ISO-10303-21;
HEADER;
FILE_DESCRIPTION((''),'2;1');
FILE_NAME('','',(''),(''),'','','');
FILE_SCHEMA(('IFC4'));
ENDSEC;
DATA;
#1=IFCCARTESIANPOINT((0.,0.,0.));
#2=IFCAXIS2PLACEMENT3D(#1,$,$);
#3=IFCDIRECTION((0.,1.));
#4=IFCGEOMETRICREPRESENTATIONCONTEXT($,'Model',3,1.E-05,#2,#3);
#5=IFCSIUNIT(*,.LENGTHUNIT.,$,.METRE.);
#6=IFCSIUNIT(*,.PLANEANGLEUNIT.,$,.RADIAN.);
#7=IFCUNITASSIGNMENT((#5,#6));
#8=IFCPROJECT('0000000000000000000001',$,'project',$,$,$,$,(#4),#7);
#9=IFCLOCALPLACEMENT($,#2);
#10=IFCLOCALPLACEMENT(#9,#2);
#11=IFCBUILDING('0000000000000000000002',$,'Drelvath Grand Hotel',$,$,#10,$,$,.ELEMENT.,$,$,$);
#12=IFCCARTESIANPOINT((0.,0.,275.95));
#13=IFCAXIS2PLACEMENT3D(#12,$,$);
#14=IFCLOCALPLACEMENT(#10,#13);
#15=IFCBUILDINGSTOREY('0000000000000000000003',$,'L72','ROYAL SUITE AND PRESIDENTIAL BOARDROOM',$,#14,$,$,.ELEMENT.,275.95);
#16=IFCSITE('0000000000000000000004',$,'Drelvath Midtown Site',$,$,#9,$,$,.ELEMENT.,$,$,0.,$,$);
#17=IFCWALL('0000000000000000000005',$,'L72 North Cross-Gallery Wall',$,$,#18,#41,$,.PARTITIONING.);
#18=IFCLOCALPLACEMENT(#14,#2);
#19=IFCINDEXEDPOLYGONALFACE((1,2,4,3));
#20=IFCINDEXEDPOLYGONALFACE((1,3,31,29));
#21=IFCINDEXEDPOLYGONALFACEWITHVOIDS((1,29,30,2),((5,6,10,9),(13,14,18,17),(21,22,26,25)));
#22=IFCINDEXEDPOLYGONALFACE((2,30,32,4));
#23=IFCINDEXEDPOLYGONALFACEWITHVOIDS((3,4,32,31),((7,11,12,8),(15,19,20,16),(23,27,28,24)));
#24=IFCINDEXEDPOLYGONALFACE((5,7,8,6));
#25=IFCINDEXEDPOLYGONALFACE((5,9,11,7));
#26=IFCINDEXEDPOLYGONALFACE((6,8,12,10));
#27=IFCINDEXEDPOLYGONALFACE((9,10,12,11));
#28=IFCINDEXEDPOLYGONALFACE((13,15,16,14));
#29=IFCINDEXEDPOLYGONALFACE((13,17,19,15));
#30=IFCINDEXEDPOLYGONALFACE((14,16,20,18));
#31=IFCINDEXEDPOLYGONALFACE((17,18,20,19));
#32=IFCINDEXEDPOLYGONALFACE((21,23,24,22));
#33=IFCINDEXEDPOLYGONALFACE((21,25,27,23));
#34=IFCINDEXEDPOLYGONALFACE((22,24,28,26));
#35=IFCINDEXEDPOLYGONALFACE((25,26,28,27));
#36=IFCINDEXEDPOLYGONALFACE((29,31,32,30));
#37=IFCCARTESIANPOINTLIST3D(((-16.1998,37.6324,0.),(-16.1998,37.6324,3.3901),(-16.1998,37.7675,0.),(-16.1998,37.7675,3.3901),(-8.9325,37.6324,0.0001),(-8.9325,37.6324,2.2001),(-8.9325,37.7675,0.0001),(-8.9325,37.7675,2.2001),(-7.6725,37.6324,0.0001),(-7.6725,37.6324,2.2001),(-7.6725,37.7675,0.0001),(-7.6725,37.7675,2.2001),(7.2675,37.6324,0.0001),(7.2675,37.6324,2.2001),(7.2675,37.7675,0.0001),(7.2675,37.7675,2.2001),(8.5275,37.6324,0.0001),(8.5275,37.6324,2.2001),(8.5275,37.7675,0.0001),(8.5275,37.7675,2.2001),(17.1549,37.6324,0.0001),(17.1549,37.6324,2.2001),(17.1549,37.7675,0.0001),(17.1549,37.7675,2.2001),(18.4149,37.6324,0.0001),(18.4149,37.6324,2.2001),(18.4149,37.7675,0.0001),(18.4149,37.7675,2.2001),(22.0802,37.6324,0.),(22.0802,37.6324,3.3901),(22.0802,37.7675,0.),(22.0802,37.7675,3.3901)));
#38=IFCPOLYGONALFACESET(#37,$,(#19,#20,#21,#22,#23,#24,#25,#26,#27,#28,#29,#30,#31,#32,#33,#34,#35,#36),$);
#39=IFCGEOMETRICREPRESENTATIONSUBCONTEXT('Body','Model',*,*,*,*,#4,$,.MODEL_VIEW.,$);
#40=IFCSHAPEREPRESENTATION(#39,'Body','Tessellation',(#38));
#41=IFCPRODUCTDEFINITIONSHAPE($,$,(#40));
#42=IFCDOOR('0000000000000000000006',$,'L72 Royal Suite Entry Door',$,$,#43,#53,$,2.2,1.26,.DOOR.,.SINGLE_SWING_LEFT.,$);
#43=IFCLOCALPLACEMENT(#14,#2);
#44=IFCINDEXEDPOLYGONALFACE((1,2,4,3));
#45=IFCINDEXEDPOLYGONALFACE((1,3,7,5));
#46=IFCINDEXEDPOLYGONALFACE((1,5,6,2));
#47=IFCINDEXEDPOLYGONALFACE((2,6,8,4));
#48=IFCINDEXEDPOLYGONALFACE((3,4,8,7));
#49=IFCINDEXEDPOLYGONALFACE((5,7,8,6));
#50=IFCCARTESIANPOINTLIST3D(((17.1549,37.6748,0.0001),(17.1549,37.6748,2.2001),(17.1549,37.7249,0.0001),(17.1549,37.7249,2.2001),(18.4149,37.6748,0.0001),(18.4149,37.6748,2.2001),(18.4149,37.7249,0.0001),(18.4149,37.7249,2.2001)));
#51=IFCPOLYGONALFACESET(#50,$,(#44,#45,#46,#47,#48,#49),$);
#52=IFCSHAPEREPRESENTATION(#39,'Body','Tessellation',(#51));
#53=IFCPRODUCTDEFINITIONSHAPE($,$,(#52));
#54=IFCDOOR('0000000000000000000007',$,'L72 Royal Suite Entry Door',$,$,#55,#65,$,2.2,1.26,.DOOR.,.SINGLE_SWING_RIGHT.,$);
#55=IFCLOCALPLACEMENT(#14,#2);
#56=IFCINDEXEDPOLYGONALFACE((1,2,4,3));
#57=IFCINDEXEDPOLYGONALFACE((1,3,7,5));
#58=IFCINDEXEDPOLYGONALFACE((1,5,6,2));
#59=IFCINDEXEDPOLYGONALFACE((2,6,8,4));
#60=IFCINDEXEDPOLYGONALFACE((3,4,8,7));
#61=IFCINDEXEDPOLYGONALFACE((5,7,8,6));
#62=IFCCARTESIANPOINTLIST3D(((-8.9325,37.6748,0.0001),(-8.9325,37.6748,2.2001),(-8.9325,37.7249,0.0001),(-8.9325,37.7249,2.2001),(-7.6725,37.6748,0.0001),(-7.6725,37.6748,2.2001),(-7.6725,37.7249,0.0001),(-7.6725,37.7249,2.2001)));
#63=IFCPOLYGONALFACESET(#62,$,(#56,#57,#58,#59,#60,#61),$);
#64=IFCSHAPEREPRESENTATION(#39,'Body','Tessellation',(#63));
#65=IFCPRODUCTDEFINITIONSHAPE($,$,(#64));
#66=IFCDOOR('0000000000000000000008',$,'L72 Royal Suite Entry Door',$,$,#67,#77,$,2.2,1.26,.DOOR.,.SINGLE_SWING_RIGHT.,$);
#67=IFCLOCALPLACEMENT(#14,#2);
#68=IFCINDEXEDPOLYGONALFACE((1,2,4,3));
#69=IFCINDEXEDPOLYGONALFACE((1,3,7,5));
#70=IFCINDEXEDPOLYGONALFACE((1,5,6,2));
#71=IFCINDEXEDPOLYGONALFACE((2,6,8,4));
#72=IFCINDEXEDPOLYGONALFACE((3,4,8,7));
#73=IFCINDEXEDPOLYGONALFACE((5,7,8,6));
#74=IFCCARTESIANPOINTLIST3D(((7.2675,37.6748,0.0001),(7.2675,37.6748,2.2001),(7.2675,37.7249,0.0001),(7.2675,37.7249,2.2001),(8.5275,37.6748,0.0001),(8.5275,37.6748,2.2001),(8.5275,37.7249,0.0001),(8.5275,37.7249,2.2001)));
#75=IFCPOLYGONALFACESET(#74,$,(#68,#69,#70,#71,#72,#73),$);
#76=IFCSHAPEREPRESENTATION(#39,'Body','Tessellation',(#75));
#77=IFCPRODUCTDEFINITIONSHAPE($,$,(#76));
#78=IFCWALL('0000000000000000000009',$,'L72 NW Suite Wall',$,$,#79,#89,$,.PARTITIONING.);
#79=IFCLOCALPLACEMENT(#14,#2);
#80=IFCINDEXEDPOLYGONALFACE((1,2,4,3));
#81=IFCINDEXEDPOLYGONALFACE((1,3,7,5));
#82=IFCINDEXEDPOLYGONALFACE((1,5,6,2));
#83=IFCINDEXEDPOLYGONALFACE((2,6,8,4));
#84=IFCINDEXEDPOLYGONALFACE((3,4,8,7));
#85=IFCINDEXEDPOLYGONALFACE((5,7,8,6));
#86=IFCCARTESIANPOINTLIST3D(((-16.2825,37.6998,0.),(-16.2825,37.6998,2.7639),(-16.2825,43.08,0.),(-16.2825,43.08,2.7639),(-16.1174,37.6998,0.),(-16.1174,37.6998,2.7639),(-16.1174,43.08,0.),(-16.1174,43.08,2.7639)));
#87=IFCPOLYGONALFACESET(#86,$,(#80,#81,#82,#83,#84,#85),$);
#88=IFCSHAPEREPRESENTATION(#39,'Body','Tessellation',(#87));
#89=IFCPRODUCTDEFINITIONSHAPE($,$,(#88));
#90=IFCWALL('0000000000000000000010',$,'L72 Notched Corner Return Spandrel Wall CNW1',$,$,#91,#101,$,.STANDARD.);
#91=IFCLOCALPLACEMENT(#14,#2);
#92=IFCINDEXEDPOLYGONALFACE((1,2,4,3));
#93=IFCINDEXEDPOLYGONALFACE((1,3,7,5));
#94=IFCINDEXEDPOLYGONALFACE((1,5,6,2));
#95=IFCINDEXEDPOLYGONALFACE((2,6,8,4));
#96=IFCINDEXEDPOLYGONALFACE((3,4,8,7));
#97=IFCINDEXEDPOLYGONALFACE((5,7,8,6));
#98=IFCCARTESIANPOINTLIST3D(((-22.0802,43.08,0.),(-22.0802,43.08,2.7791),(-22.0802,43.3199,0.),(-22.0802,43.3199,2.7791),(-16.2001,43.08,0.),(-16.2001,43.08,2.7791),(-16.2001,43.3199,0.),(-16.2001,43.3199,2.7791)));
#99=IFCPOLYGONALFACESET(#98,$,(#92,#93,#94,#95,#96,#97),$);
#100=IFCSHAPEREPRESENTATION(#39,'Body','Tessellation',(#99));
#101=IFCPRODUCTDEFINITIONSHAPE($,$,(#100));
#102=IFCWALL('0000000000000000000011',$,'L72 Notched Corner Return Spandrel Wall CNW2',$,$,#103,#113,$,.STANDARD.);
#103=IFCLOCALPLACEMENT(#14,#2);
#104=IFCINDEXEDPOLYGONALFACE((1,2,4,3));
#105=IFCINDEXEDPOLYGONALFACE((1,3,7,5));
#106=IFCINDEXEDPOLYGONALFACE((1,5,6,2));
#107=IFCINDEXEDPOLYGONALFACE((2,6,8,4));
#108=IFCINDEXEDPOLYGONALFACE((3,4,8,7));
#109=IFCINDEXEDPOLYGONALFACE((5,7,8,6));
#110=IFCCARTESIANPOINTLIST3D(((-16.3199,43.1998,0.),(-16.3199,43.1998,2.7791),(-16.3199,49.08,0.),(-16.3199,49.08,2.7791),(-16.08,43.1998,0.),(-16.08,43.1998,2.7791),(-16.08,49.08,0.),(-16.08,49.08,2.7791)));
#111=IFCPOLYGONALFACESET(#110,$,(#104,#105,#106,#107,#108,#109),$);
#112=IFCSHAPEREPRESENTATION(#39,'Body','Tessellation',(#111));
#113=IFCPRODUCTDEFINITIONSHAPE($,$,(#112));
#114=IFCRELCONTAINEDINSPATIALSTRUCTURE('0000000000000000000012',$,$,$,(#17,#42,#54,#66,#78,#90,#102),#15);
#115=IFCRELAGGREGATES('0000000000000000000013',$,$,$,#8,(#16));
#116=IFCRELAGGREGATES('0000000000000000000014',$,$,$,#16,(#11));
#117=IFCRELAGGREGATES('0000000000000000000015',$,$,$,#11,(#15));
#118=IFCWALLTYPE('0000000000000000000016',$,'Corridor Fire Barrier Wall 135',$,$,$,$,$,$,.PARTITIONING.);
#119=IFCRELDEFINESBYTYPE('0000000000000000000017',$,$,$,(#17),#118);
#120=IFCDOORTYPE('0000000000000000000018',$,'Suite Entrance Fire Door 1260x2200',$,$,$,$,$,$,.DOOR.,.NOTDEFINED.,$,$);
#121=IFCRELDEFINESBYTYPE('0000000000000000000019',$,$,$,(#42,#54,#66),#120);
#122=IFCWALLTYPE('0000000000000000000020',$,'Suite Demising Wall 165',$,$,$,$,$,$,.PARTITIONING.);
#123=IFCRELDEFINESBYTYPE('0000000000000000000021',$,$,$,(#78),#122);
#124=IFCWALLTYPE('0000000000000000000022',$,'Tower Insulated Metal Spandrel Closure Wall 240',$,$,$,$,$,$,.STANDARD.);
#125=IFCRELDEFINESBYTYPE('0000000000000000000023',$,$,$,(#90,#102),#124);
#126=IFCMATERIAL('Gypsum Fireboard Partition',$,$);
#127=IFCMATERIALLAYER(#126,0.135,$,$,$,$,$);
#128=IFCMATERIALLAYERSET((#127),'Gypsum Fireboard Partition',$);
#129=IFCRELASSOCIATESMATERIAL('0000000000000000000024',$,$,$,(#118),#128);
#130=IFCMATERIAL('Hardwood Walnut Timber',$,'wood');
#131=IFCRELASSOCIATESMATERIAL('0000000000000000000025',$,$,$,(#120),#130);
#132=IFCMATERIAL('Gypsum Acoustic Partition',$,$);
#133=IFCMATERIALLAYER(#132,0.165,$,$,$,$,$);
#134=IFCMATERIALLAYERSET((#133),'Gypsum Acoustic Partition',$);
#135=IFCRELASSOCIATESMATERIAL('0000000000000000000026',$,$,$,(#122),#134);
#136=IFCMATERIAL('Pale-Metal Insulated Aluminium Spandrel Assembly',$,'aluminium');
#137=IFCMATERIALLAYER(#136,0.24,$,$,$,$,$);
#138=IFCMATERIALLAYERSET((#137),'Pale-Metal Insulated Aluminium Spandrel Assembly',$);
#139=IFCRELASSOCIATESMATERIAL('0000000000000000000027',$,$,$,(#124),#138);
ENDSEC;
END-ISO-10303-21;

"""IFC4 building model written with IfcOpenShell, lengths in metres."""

from ifc_helpers import new_model, si_unit, direction, frame, frame_2d, origin, place, context, subcontext, project, spatial, rectangle, extrude, material, layer, layer_set, type_object, element, fill, save


model = new_model("IFC4")

# Units and contexts
model_context = context("Model", 3, precision=1e-05, world=origin(), true_north=direction((0.0, 1.0)))
body_context = subcontext(model_context, "Body", "Model", "MODEL_VIEW")
ifc_project = project(units=[si_unit("LENGTHUNIT", "METRE"), si_unit("PLANEANGLEUNIT", "RADIAN")], contexts=[model_context])

# Site, building, storey
site_placement = place(None, origin())
site = spatial("IfcSite", under=ifc_project, at=site_placement, Name="Drelvath Midtown Site", CompositionType="ELEMENT", RefElevation=0.0)
building_placement = place(site_placement, origin())
building = spatial("IfcBuilding", under=site, at=building_placement, Name="Drelvath Grand Hotel", CompositionType="ELEMENT")
storey_placement = place(building_placement, frame((0.0, 0.0, 275.95)))
storey = spatial("IfcBuildingStorey", under=building, at=storey_placement, Name="L72", Description="ROYAL SUITE AND PRESIDENTIAL BOARDROOM", CompositionType="ELEMENT", Elevation=275.95)

# Wall, openings, doors
ifc_material_1 = material(Name="Gypsum Fireboard Partition")
ifc_layer_1 = layer(ifc_material_1, 0.135)
ifc_layer_set_1 = layer_set([ifc_layer_1], Name="Gypsum Fireboard Partition")
wall_type_1 = type_object("IfcWallType", Name="Corridor Fire Barrier Wall 135", PredefinedType="PARTITIONING", material=ifc_layer_set_1)
wall_1_placement = place(storey_placement, frame((-16.2, 37.7, 0.0), z_axis=(0.0, 0.0, 1.0), x_axis=(1.0, 0.0, 0.0)))
wall_1 = element("IfcWall", 1, at=wall_1_placement, inside=storey, type_object=wall_type_1, Name="L72 North Cross-Gallery Wall", PredefinedType="PARTITIONING", context=body_context, shape_type="SweptSolid", body=[
    extrude(rectangle(XDim=38.28, YDim=0.135, at=frame_2d((19.1401, 0.0))), origin(), (0.0, 0.0, 1.0), 3.3901),
])
opening_1_placement = place(wall_1_placement, frame((33.355, 0.0, 0.0)))
opening_1 = element("IfcOpeningElement", 2, at=opening_1_placement, cuts=wall_1, PredefinedType="OPENING", context=body_context, shape_type="SweptSolid", body=[
    extrude(rectangle(XDim=1.26, YDim=2.2, at=frame_2d((0.6299, 1.1001))), frame((0.0, 0.0774, 0.0), z_axis=(0.0, -1.0, 0.0), x_axis=(1.0, 0.0, 0.0)), (0.0, 0.0, 1.0), 0.155),
])
opening_2_placement = place(wall_1_placement, frame((7.2676, 0.0, 0.0)))
opening_2 = element("IfcOpeningElement", 3, at=opening_2_placement, cuts=wall_1, PredefinedType="OPENING", context=body_context, shape_type="SweptSolid", body=[
    extrude(rectangle(XDim=1.26, YDim=2.2, at=frame_2d((0.6299, 1.1001))), frame((0.0, 0.0774, 0.0), z_axis=(0.0, -1.0, 0.0), x_axis=(1.0, 0.0, 0.0)), (0.0, 0.0, 1.0), 0.155),
])
opening_3_placement = place(wall_1_placement, frame((23.4675, 0.0, 0.0)))
opening_3 = element("IfcOpeningElement", 4, at=opening_3_placement, cuts=wall_1, PredefinedType="OPENING", context=body_context, shape_type="SweptSolid", body=[
    extrude(rectangle(XDim=1.26, YDim=2.2, at=frame_2d((0.6299, 1.1001))), frame((0.0, 0.0774, 0.0), z_axis=(0.0, -1.0, 0.0), x_axis=(1.0, 0.0, 0.0)), (0.0, 0.0, 1.0), 0.155),
])
ifc_material_2 = material(Name="Hardwood Walnut Timber", Category="wood")
door_type = type_object("IfcDoorType", Name="Suite Entrance Fire Door 1260x2200", OperationType="NOTDEFINED", PredefinedType="DOOR", material=ifc_material_2)
door_1_placement = place(opening_1_placement, origin())
door_1 = element("IfcDoor", 5, at=door_1_placement, inside=storey, type_object=door_type, Name="L72 Royal Suite Entry Door", OperationType="SINGLE_SWING_LEFT", OverallHeight=2.2, OverallWidth=1.26, PredefinedType="DOOR", context=body_context, shape_type="SweptSolid", body=[
    extrude(rectangle(XDim=1.26, YDim=2.2, at=frame_2d((0.6299, 1.1001))), frame((0.0, 0.0249, 0.0), z_axis=(0.0, -1.0, 0.0), x_axis=(1.0, 0.0, 0.0)), (0.0, 0.0, 1.0), 0.05),
])
fill(opening_1, door_1)
door_2_placement = place(opening_2_placement, origin())
door_2 = element("IfcDoor", 6, at=door_2_placement, inside=storey, type_object=door_type, Name="L72 Royal Suite Entry Door", OperationType="SINGLE_SWING_RIGHT", OverallHeight=2.2, OverallWidth=1.26, PredefinedType="DOOR", context=body_context, shape_type="SweptSolid", body=[
    extrude(rectangle(XDim=1.26, YDim=2.2, at=frame_2d((0.6299, 1.1001))), frame((0.0, 0.0249, 0.0), z_axis=(0.0, -1.0, 0.0), x_axis=(1.0, 0.0, 0.0)), (0.0, 0.0, 1.0), 0.05),
])
fill(opening_2, door_2)
door_3_placement = place(opening_3_placement, origin())
door_3 = element("IfcDoor", 7, at=door_3_placement, inside=storey, type_object=door_type, Name="L72 Royal Suite Entry Door", OperationType="SINGLE_SWING_RIGHT", OverallHeight=2.2, OverallWidth=1.26, PredefinedType="DOOR", context=body_context, shape_type="SweptSolid", body=[
    extrude(rectangle(XDim=1.26, YDim=2.2, at=frame_2d((0.6299, 1.1001))), frame((0.0, 0.0249, 0.0), z_axis=(0.0, -1.0, 0.0), x_axis=(1.0, 0.0, 0.0)), (0.0, 0.0, 1.0), 0.05),
])
fill(opening_3, door_3)

# Walls
ifc_material_3 = material(Name="Gypsum Acoustic Partition")
ifc_layer_2 = layer(ifc_material_3, 0.165)
ifc_layer_set_2 = layer_set([ifc_layer_2], Name="Gypsum Acoustic Partition")
wall_type_2 = type_object("IfcWallType", Name="Suite Demising Wall 165", PredefinedType="PARTITIONING", material=ifc_layer_set_2)
wall_2_placement = place(storey_placement, frame((-16.2, 37.7, 0.0), z_axis=(0.0, 0.0, 1.0), x_axis=(0.0, 1.0, 0.0)))
element("IfcWall", 8, at=wall_2_placement, inside=storey, type_object=wall_type_2, Name="L72 NW Suite Wall", PredefinedType="PARTITIONING", context=body_context, shape_type="SweptSolid", body=[
    extrude(rectangle(XDim=5.3801, YDim=0.165, at=frame_2d((2.6899, 0.0))), origin(), (0.0, 0.0, 1.0), 2.7639),
])
ifc_material_4 = material(Name="Pale-Metal Insulated Aluminium Spandrel Assembly", Category="aluminium")
ifc_layer_3 = layer(ifc_material_4, 0.24)
ifc_layer_set_3 = layer_set([ifc_layer_3], Name="Pale-Metal Insulated Aluminium Spandrel Assembly")
wall_type_3 = type_object("IfcWallType", Name="Tower Insulated Metal Spandrel Closure Wall 240", PredefinedType="STANDARD", material=ifc_layer_set_3)
for number, where, z_axis, x_axis, name in (
    (9, (-22.0801, 43.2, 0.0), (0.0, 0.0, 1.0), (1.0, 0.0, 0.0), "L72 Notched Corner Return Spandrel Wall CNW1"),
    (10, (-16.2, 43.2, 0.0), (0.0, 0.0, 1.0), (0.0, 1.0, 0.0), "L72 Notched Corner Return Spandrel Wall CNW2"),
):
    element("IfcWall", number, at=place(storey_placement, frame(where, z_axis=z_axis, x_axis=x_axis)), inside=storey, type_object=wall_type_3, Name=name, PredefinedType="STANDARD", context=body_context, shape_type="SweptSolid", body=[
        extrude(rectangle(XDim=5.8801, YDim=0.24, at=frame_2d((2.9399, 0.0))), origin(), (0.0, 0.0, 1.0), 2.7791),
    ])

save(model, "model.ifc")
